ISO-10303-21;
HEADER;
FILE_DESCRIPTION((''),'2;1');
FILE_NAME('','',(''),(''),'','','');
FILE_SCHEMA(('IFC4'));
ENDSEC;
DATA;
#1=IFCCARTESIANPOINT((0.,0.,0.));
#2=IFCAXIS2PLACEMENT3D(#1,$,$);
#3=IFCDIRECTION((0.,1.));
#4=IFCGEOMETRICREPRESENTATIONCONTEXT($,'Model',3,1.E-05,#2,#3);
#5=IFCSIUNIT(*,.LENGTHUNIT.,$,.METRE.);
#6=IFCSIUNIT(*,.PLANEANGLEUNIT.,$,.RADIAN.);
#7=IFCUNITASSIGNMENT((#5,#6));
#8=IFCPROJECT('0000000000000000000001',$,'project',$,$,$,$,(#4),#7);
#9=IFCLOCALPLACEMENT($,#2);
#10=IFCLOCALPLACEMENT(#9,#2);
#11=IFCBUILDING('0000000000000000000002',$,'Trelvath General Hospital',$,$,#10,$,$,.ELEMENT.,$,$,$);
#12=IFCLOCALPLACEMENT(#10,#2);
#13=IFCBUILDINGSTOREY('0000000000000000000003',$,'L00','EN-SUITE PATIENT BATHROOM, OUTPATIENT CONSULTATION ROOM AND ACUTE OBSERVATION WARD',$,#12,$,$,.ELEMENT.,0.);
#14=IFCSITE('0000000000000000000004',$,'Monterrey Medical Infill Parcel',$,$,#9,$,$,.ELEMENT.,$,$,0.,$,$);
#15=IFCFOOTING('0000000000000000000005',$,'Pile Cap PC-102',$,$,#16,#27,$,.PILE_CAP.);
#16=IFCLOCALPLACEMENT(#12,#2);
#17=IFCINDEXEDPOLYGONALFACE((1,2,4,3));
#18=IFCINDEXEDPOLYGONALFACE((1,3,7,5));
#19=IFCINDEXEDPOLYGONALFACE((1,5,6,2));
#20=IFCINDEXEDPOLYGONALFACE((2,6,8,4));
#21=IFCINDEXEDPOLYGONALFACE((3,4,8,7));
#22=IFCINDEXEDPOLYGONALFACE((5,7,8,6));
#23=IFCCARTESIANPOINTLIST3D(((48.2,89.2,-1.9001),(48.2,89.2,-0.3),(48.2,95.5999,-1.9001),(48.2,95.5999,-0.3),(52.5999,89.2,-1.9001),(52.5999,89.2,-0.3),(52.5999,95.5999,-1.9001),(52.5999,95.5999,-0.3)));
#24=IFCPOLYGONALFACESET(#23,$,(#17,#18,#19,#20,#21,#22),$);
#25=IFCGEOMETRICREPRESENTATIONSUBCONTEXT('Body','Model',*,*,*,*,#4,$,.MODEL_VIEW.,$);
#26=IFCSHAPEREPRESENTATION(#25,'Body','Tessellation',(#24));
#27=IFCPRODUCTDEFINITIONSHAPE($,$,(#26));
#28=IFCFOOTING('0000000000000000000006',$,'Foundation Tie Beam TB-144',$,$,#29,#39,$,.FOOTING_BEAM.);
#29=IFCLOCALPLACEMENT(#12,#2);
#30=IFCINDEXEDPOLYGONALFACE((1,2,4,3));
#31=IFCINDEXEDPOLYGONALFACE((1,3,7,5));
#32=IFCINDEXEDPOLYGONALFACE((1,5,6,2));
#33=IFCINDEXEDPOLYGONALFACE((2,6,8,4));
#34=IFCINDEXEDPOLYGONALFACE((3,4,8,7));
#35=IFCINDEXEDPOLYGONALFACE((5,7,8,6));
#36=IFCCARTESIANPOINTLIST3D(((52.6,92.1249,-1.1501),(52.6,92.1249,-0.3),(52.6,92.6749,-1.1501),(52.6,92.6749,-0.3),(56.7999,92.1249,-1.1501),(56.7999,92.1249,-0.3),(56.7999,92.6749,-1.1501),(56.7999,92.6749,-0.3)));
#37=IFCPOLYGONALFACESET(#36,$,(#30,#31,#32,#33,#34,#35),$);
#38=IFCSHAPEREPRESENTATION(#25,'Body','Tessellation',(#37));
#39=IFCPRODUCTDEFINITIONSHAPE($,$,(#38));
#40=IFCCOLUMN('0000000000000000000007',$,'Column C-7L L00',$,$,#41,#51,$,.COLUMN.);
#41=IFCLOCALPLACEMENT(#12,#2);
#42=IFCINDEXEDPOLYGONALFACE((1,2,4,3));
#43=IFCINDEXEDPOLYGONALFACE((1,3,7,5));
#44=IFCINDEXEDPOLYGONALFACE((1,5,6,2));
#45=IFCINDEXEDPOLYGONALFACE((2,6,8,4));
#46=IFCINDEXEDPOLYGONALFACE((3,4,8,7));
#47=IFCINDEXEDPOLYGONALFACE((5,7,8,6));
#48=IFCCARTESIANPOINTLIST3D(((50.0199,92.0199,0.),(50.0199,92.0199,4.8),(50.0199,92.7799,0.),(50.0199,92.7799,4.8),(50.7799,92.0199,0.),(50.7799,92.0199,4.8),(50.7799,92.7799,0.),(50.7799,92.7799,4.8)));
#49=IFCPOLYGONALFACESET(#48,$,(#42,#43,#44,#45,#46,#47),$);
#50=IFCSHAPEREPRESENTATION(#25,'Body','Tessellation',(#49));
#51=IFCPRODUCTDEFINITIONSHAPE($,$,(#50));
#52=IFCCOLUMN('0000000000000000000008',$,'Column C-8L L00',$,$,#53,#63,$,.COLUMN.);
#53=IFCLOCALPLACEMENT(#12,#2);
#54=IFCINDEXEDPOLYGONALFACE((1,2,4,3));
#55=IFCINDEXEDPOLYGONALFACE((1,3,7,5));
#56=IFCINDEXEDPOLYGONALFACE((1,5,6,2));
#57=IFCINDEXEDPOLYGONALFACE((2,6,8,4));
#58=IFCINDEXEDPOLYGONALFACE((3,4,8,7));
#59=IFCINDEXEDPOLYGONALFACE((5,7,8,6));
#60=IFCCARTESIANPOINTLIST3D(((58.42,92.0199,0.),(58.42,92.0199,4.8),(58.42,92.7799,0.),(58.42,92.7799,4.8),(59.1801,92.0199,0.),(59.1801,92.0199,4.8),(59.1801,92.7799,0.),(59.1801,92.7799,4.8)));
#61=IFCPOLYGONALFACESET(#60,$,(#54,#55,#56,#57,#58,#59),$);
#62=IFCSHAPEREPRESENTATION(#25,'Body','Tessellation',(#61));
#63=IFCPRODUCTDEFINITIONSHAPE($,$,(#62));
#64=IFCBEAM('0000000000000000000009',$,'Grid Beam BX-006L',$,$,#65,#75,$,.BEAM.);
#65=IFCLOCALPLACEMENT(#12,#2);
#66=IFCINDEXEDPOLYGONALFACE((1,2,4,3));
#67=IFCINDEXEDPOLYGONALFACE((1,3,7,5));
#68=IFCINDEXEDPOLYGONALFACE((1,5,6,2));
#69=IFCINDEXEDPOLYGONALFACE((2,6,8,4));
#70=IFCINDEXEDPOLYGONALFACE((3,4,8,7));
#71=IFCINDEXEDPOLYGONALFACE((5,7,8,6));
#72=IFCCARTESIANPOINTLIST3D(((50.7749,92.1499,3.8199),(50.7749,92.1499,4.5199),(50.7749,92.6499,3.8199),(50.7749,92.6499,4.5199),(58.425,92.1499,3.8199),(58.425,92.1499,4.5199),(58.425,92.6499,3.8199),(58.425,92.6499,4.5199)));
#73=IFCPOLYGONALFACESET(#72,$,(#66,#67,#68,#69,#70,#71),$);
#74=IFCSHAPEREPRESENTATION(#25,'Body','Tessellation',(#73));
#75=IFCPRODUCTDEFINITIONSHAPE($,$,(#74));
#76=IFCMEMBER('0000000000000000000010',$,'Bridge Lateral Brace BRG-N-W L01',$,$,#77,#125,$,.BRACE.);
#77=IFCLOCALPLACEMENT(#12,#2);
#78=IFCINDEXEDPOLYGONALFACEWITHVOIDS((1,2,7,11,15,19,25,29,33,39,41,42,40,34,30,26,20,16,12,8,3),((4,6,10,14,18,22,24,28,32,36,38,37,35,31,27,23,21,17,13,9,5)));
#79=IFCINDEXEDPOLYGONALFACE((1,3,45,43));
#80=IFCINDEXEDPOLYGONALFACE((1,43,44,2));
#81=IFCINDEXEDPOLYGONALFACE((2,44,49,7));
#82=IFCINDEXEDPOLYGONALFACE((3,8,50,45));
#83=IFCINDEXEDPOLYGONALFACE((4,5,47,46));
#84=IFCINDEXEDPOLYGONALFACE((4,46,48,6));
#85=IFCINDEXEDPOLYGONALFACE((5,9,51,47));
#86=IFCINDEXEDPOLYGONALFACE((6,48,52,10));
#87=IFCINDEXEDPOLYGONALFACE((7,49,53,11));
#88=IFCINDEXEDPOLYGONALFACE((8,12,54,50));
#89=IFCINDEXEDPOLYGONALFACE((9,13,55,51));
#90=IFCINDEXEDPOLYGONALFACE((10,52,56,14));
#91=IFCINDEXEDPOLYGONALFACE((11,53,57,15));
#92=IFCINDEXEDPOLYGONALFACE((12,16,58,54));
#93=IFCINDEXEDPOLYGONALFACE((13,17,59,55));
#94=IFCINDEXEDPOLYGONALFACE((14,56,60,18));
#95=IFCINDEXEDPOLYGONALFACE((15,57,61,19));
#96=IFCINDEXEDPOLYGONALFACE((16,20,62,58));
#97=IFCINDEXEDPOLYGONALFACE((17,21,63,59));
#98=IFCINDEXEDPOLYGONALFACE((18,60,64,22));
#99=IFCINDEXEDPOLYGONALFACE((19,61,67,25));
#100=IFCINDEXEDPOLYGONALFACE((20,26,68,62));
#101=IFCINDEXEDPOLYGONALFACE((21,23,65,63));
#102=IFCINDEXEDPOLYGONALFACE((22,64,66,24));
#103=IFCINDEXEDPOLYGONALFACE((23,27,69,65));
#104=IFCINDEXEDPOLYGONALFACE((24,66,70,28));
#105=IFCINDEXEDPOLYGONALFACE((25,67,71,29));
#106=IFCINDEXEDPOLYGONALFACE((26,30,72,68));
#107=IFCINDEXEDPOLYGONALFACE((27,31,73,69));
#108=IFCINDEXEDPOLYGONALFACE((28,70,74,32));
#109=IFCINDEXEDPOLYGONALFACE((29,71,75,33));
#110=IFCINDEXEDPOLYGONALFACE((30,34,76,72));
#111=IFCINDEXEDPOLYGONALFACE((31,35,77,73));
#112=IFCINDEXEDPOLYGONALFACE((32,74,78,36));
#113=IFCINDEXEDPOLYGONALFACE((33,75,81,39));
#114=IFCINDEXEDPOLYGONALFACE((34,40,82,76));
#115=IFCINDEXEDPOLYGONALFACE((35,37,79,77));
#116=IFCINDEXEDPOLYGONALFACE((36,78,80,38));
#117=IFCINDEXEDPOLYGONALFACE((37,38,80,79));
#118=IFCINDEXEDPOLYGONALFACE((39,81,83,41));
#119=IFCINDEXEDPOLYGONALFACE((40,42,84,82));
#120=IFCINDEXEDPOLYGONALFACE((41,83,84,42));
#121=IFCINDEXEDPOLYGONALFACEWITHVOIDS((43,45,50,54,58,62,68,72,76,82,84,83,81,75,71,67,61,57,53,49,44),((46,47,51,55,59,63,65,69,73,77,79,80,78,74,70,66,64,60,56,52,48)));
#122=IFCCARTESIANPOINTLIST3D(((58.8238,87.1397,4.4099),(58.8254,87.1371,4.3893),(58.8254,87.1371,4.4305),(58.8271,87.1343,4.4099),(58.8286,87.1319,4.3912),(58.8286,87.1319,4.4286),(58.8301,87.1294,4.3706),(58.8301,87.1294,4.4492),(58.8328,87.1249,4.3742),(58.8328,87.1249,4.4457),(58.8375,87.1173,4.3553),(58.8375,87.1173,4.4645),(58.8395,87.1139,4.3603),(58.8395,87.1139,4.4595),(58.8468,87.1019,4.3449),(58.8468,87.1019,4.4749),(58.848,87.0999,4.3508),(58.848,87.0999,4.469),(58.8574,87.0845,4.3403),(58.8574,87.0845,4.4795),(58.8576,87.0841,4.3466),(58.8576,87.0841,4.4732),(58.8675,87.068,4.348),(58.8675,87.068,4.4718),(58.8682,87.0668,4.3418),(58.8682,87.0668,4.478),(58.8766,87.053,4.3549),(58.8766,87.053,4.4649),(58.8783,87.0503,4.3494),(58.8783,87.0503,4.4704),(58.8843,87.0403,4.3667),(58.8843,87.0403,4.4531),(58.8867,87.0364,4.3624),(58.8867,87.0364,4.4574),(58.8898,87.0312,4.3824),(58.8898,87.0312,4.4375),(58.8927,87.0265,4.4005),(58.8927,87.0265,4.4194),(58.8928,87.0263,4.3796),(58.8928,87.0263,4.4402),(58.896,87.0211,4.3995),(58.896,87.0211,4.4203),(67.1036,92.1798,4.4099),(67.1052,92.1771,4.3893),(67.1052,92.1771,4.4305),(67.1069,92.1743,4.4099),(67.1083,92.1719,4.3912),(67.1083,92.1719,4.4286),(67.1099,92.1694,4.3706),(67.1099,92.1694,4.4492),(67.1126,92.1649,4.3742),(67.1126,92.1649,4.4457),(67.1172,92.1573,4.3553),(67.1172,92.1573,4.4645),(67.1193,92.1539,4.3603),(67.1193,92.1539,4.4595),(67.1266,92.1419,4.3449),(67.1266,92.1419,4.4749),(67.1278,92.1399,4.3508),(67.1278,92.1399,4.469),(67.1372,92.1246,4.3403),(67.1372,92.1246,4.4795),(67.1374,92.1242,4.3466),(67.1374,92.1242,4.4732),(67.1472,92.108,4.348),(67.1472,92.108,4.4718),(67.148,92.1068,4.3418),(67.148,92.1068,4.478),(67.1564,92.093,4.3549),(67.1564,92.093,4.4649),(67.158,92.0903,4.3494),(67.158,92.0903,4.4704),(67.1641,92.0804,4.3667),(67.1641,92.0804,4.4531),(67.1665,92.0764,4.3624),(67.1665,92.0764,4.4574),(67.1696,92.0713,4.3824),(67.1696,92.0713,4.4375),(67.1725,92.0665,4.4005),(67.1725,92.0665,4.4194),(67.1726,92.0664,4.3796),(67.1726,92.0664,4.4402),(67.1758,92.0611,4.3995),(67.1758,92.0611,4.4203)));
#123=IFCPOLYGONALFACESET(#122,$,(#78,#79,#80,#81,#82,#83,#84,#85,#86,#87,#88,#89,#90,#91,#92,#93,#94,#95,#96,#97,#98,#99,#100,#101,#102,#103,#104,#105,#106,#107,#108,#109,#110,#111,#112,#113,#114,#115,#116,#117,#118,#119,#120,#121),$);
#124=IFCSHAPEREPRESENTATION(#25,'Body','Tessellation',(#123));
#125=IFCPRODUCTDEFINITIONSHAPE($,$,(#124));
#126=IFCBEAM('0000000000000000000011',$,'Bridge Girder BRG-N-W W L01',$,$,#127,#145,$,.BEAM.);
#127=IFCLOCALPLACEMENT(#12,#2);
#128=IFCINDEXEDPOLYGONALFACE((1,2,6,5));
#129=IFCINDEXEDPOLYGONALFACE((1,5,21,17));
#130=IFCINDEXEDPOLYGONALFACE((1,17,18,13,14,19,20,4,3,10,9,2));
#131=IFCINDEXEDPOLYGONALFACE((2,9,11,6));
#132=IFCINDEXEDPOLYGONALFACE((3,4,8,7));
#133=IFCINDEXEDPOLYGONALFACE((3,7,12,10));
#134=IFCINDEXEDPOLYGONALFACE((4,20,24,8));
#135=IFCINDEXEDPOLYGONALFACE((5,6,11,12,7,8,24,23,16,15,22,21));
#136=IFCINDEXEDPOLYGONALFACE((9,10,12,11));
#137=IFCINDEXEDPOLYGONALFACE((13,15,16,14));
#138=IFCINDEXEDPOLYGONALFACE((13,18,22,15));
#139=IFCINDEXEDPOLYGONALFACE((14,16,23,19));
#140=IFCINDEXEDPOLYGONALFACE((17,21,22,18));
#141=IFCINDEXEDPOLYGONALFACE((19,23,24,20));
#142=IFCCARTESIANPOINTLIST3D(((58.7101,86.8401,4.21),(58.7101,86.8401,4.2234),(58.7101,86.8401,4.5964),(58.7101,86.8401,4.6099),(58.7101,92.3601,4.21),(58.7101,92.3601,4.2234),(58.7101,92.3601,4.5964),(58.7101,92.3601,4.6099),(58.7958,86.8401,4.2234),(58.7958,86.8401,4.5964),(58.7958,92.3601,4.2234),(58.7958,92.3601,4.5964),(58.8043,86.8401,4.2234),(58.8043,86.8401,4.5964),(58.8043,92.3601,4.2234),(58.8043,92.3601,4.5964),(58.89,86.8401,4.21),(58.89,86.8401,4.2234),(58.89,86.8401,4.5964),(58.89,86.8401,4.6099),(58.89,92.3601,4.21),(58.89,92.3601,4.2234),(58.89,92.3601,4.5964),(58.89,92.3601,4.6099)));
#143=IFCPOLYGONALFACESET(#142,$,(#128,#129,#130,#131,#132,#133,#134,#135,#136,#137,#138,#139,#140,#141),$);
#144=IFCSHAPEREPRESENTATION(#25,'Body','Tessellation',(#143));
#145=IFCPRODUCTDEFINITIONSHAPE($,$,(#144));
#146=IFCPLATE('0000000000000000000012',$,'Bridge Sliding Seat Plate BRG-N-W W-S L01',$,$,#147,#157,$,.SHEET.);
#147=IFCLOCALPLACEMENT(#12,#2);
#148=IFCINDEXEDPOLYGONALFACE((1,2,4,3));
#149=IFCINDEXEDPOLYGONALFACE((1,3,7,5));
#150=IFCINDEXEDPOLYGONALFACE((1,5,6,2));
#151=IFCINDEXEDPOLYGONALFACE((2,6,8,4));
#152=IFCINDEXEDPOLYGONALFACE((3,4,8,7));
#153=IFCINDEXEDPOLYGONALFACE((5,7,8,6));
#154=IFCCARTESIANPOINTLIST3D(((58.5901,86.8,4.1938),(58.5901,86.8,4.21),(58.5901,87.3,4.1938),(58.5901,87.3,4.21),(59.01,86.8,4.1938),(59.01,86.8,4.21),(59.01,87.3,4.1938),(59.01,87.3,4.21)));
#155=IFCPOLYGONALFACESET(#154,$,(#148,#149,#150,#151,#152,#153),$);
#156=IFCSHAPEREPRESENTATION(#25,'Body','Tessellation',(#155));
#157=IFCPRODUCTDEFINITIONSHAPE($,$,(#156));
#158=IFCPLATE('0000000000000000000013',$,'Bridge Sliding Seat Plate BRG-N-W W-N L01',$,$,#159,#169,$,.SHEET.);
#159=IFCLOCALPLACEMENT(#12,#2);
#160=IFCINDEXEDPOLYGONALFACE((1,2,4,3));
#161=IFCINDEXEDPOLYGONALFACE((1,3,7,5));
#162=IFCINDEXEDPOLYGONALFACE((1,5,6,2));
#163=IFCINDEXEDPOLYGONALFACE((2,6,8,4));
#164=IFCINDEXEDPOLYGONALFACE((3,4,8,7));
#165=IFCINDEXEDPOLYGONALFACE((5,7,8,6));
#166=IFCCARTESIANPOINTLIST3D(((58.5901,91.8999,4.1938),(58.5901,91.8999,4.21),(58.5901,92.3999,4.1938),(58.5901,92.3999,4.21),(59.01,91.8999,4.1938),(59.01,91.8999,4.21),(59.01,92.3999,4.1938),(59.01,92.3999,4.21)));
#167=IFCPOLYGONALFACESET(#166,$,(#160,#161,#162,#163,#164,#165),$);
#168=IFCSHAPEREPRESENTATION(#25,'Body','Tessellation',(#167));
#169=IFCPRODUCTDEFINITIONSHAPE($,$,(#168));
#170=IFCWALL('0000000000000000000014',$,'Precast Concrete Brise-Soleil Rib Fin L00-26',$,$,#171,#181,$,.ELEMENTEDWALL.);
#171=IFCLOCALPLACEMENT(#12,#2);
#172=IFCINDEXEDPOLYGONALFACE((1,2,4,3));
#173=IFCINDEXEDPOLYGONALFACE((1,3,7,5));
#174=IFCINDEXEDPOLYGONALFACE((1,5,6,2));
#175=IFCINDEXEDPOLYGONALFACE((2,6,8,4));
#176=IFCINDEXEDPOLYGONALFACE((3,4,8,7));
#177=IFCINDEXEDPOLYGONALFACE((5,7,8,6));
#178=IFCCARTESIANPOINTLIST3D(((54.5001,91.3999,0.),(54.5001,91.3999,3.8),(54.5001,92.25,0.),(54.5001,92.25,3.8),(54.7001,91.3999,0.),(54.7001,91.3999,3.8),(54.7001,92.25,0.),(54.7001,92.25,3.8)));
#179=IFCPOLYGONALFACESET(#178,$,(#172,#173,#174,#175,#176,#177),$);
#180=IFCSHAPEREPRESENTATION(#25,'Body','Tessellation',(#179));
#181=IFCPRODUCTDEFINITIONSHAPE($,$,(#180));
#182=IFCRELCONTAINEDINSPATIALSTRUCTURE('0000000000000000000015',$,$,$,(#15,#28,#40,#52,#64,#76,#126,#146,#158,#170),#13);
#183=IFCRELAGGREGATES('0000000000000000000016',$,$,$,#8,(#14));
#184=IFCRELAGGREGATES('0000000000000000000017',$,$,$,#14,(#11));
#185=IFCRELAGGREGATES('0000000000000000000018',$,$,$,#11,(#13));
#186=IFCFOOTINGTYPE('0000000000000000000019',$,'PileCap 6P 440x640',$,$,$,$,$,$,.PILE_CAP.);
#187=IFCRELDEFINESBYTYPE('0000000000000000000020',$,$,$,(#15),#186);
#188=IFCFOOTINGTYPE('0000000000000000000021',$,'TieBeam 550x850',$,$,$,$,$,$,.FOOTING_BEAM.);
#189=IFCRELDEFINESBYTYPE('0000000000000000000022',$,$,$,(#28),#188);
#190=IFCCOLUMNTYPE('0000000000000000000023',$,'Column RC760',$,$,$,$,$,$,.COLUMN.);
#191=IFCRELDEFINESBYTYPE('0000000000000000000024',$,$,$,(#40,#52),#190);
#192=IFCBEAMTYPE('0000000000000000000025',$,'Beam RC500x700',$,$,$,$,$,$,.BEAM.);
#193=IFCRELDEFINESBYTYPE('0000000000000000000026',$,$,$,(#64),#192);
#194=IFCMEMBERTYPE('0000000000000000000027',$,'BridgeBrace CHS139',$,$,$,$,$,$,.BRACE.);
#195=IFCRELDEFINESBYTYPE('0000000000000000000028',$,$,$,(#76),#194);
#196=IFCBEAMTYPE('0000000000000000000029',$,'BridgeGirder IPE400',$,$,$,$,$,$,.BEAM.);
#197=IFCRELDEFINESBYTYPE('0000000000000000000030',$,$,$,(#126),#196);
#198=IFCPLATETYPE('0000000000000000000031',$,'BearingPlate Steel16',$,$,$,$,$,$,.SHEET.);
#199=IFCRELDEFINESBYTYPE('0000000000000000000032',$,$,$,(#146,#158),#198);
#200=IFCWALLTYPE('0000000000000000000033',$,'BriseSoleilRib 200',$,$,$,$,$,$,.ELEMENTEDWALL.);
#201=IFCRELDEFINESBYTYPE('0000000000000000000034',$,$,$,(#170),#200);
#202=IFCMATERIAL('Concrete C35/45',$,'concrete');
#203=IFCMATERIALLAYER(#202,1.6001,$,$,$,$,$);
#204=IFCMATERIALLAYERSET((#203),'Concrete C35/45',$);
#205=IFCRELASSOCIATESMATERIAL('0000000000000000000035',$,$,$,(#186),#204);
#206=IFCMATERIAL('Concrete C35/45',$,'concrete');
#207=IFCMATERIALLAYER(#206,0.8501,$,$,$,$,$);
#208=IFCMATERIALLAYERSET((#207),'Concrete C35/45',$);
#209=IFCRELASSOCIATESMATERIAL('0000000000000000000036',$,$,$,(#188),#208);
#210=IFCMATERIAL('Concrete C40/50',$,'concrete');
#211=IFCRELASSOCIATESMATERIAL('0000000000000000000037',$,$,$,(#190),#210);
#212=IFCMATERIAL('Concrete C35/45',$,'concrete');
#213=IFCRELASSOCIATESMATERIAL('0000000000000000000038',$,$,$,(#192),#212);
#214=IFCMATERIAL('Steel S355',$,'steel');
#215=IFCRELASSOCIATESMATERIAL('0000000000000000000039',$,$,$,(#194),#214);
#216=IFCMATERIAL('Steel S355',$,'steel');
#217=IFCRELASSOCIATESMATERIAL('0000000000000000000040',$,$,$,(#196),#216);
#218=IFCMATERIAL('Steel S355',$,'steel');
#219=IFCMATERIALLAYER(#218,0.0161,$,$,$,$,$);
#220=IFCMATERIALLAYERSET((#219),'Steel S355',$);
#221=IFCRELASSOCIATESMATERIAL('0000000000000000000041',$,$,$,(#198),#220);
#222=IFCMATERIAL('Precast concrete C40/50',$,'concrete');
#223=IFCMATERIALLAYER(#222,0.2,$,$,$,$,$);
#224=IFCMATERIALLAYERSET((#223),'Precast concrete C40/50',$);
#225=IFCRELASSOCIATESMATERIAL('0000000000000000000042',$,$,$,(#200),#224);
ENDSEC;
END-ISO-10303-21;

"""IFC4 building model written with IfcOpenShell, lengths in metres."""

from ifc_helpers import new_model, si_unit, direction, frame, frame_2d, origin, origin_2d, place, context, subcontext, project, spatial, rectangle, hollow_circle, i_section, extrude, material, layer, layer_set, material_profile, profile_set, type_object, element, save


model = new_model("IFC4")

# Units and contexts
model_context = context("Model", 3, precision=1e-05, world=origin(), true_north=direction((0.0, 1.0)))
body_context = subcontext(model_context, "Body", "Model", "MODEL_VIEW")
ifc_project = project(units=[si_unit("LENGTHUNIT", "METRE"), si_unit("PLANEANGLEUNIT", "RADIAN")], contexts=[model_context])

# Site, building, storey
site_placement = place(None, origin())
site = spatial("IfcSite", under=ifc_project, at=site_placement, Name="Monterrey Medical Infill Parcel", CompositionType="ELEMENT", RefElevation=0.0)
building_placement = place(site_placement, origin())
building = spatial("IfcBuilding", under=site, at=building_placement, Name="Trelvath General Hospital", CompositionType="ELEMENT")
storey_placement = place(building_placement, origin())
storey = spatial("IfcBuildingStorey", under=building, at=storey_placement, Name="L00", Description="EN-SUITE PATIENT BATHROOM, OUTPATIENT CONSULTATION ROOM AND ACUTE OBSERVATION WARD", CompositionType="ELEMENT", Elevation=0.0)

# Footings
ifc_material_1 = material(Name="Concrete C35/45", Category="concrete")
ifc_layer_1 = layer(ifc_material_1, 1.6001)
ifc_layer_set_1 = layer_set([ifc_layer_1], Name="Concrete C35/45")
footing_type_1 = type_object("IfcFootingType", Name="PileCap 6P 440x640", PredefinedType="PILE_CAP", material=ifc_layer_set_1)
footing_1_placement = place(storey_placement, frame((50.3999, 92.3999, -1.9001), z_axis=(0.0, 0.0, 1.0), x_axis=(1.0, 0.0, 0.0)))
element("IfcFooting", 1, at=footing_1_placement, inside=storey, type_object=footing_type_1, Name="Pile Cap PC-102", PredefinedType="PILE_CAP", context=body_context, shape_type="SweptSolid", body=[
    extrude(rectangle(XDim=4.3999, YDim=6.3999, at=origin_2d()), origin(), (0.0, 0.0, 1.0), 1.6001),
])
ifc_material_2 = material(Name="Concrete C35/45", Category="concrete")
ifc_layer_2 = layer(ifc_material_2, 0.8501)
ifc_layer_set_2 = layer_set([ifc_layer_2], Name="Concrete C35/45")
footing_type_2 = type_object("IfcFootingType", Name="TieBeam 550x850", PredefinedType="FOOTING_BEAM", material=ifc_layer_set_2)
footing_2_placement = place(storey_placement, frame((54.7, 92.3999, -1.1501), z_axis=(0.0, 0.0, 1.0), x_axis=(1.0, 0.0, 0.0)))
element("IfcFooting", 2, at=footing_2_placement, inside=storey, type_object=footing_type_2, Name="Foundation Tie Beam TB-144", PredefinedType="FOOTING_BEAM", context=body_context, shape_type="SweptSolid", body=[
    extrude(rectangle(XDim=4.2, YDim=0.55, at=origin_2d()), origin(), (0.0, 0.0, 1.0), 0.8501),
])

# Columns
ifc_material_3 = material(Name="Concrete C40/50", Category="concrete")
ifc_material_profile_1 = material_profile(ifc_material_3, rectangle(XDim=0.76, YDim=0.76, at=origin_2d()), Name="RC760x760")
ifc_profile_set_1 = profile_set([ifc_material_profile_1], Name="Concrete C40/50")
column_type = type_object("IfcColumnType", Name="Column RC760", PredefinedType="COLUMN", material=ifc_profile_set_1)
for number, where, z_axis, x_axis, name in (
    (3, (50.3999, 92.3999, 0.0), (0.0, 0.0, 1.0), (1.0, 0.0, 0.0), "Column C-7L L00"),
    (4, (58.8, 92.3999, 0.0), (0.0, 0.0, 1.0), (1.0, 0.0, 0.0), "Column C-8L L00"),
):
    element("IfcColumn", number, at=place(storey_placement, frame(where, z_axis=z_axis, x_axis=x_axis)), inside=storey, type_object=column_type, Name=name, PredefinedType="COLUMN", context=body_context, shape_type="SweptSolid", body=[
        extrude(rectangle(XDim=0.76, YDim=0.76, at=origin_2d()), origin(), (0.0, 0.0, 1.0), 4.8),
    ])

# Beam
ifc_material_4 = material(Name="Concrete C35/45", Category="concrete")
ifc_material_profile_2 = material_profile(ifc_material_4, rectangle(XDim=0.5, YDim=0.7, at=origin_2d()), Name="RCB500x700")
ifc_profile_set_2 = profile_set([ifc_material_profile_2], Name="Concrete C35/45")
beam_type_1 = type_object("IfcBeamType", Name="Beam RC500x700", PredefinedType="BEAM", material=ifc_profile_set_2)
beam_1_placement = place(storey_placement, frame((50.7749, 92.3999, 4.1699), z_axis=(1.0, 0.0, 0.0), x_axis=(0.0, 1.0, 0.0)))
element("IfcBeam", 5, at=beam_1_placement, inside=storey, type_object=beam_type_1, Name="Grid Beam BX-006L", PredefinedType="BEAM", context=body_context, shape_type="SweptSolid", body=[
    extrude(rectangle(XDim=0.5, YDim=0.7, at=origin_2d()), origin(), (0.0, 0.0, 1.0), 7.6501),
])

# Member
ifc_material_5 = material(Name="Steel S355", Category="steel")
ifc_material_profile_3 = material_profile(ifc_material_5, hollow_circle(Radius=0.0698, WallThickness=0.0063, at=origin_2d()), Name="CHS139.7x6.3")
ifc_profile_set_3 = profile_set([ifc_material_profile_3], Name="Steel S355")
member_type = type_object("IfcMemberType", Name="BridgeBrace CHS139", PredefinedType="BRACE", material=ifc_profile_set_3)
member_placement = place(storey_placement, frame((58.8601, 87.0801, 4.4099), z_axis=(0.854191, 0.51996, 0.0), x_axis=(-0.51996, 0.854191, 0.0)))
element("IfcMember", 6, at=member_placement, inside=storey, type_object=member_type, Name="Bridge Lateral Brace BRG-N-W L01", PredefinedType="BRACE", context=body_context, shape_type="SweptSolid", body=[
    extrude(hollow_circle(Radius=0.0698, WallThickness=0.0063, at=origin_2d()), origin(), (0.0, 0.0, 1.0), 9.6931),
])

# Beam
ifc_material_6 = material(Name="Steel S355", Category="steel")
ifc_material_profile_4 = material_profile(ifc_material_6, i_section(OverallWidth=0.1799, OverallDepth=0.3999, WebThickness=0.0085, FlangeThickness=0.0134, at=origin_2d()), Name="IPE400")
ifc_profile_set_4 = profile_set([ifc_material_profile_4], Name="Steel S355")
beam_type_2 = type_object("IfcBeamType", Name="BridgeGirder IPE400", PredefinedType="BEAM", material=ifc_profile_set_4)
beam_2_placement = place(storey_placement, frame((58.8, 86.8401, 4.4099), z_axis=(0.0, 1.0, 0.0), x_axis=(-1.0, 0.0, 0.0)))
element("IfcBeam", 7, at=beam_2_placement, inside=storey, type_object=beam_type_2, Name="Bridge Girder BRG-N-W W L01", PredefinedType="BEAM", context=body_context, shape_type="SweptSolid", body=[
    extrude(i_section(OverallWidth=0.1799, OverallDepth=0.3999, WebThickness=0.0085, FlangeThickness=0.0134, at=origin_2d()), origin(), (0.0, 0.0, 1.0), 5.52),
])

# Plates
ifc_material_7 = material(Name="Steel S355", Category="steel")
ifc_layer_3 = layer(ifc_material_7, 0.0161)
ifc_layer_set_3 = layer_set([ifc_layer_3], Name="Steel S355")
plate_type = type_object("IfcPlateType", Name="BearingPlate Steel16", PredefinedType="SHEET", material=ifc_layer_set_3)
for number, where, z_axis, x_axis, name in (
    (8, (58.8, 87.05, 4.1938), (0.0, 0.0, 1.0), (1.0, 0.0, 0.0), "Bridge Sliding Seat Plate BRG-N-W W-S L01"),
    (9, (58.8, 92.1499, 4.1938), (0.0, 0.0, 1.0), (1.0, 0.0, 0.0), "Bridge Sliding Seat Plate BRG-N-W W-N L01"),
):
    element("IfcPlate", number, at=place(storey_placement, frame(where, z_axis=z_axis, x_axis=x_axis)), inside=storey, type_object=plate_type, Name=name, PredefinedType="SHEET", context=body_context, shape_type="SweptSolid", body=[
        extrude(rectangle(XDim=0.4199, YDim=0.5, at=origin_2d()), origin(), (0.0, 0.0, 1.0), 0.0161),
    ])

# Wall
ifc_material_8 = material(Name="Precast concrete C40/50", Category="concrete")
ifc_layer_4 = layer(ifc_material_8, 0.2)
ifc_layer_set_4 = layer_set([ifc_layer_4], Name="Precast concrete C40/50")
wall_type_1 = type_object("IfcWallType", Name="BriseSoleilRib 200", PredefinedType="ELEMENTEDWALL", material=ifc_layer_set_4)
wall_1_placement = place(storey_placement, frame((54.6001, 92.25, 0.0), z_axis=(0.0, 0.0, 1.0), x_axis=(0.0, -1.0, 0.0)))
element("IfcWall", 10, at=wall_1_placement, inside=storey, type_object=wall_type_1, Name="Precast Concrete Brise-Soleil Rib Fin L00-26", PredefinedType="ELEMENTEDWALL", context=body_context, shape_type="SweptSolid", body=[
    extrude(rectangle(XDim=0.8501, YDim=0.2, at=frame_2d((0.425, 0.0))), origin(), (0.0, 0.0, 1.0), 3.8),
])

save(model, "model.ifc")
